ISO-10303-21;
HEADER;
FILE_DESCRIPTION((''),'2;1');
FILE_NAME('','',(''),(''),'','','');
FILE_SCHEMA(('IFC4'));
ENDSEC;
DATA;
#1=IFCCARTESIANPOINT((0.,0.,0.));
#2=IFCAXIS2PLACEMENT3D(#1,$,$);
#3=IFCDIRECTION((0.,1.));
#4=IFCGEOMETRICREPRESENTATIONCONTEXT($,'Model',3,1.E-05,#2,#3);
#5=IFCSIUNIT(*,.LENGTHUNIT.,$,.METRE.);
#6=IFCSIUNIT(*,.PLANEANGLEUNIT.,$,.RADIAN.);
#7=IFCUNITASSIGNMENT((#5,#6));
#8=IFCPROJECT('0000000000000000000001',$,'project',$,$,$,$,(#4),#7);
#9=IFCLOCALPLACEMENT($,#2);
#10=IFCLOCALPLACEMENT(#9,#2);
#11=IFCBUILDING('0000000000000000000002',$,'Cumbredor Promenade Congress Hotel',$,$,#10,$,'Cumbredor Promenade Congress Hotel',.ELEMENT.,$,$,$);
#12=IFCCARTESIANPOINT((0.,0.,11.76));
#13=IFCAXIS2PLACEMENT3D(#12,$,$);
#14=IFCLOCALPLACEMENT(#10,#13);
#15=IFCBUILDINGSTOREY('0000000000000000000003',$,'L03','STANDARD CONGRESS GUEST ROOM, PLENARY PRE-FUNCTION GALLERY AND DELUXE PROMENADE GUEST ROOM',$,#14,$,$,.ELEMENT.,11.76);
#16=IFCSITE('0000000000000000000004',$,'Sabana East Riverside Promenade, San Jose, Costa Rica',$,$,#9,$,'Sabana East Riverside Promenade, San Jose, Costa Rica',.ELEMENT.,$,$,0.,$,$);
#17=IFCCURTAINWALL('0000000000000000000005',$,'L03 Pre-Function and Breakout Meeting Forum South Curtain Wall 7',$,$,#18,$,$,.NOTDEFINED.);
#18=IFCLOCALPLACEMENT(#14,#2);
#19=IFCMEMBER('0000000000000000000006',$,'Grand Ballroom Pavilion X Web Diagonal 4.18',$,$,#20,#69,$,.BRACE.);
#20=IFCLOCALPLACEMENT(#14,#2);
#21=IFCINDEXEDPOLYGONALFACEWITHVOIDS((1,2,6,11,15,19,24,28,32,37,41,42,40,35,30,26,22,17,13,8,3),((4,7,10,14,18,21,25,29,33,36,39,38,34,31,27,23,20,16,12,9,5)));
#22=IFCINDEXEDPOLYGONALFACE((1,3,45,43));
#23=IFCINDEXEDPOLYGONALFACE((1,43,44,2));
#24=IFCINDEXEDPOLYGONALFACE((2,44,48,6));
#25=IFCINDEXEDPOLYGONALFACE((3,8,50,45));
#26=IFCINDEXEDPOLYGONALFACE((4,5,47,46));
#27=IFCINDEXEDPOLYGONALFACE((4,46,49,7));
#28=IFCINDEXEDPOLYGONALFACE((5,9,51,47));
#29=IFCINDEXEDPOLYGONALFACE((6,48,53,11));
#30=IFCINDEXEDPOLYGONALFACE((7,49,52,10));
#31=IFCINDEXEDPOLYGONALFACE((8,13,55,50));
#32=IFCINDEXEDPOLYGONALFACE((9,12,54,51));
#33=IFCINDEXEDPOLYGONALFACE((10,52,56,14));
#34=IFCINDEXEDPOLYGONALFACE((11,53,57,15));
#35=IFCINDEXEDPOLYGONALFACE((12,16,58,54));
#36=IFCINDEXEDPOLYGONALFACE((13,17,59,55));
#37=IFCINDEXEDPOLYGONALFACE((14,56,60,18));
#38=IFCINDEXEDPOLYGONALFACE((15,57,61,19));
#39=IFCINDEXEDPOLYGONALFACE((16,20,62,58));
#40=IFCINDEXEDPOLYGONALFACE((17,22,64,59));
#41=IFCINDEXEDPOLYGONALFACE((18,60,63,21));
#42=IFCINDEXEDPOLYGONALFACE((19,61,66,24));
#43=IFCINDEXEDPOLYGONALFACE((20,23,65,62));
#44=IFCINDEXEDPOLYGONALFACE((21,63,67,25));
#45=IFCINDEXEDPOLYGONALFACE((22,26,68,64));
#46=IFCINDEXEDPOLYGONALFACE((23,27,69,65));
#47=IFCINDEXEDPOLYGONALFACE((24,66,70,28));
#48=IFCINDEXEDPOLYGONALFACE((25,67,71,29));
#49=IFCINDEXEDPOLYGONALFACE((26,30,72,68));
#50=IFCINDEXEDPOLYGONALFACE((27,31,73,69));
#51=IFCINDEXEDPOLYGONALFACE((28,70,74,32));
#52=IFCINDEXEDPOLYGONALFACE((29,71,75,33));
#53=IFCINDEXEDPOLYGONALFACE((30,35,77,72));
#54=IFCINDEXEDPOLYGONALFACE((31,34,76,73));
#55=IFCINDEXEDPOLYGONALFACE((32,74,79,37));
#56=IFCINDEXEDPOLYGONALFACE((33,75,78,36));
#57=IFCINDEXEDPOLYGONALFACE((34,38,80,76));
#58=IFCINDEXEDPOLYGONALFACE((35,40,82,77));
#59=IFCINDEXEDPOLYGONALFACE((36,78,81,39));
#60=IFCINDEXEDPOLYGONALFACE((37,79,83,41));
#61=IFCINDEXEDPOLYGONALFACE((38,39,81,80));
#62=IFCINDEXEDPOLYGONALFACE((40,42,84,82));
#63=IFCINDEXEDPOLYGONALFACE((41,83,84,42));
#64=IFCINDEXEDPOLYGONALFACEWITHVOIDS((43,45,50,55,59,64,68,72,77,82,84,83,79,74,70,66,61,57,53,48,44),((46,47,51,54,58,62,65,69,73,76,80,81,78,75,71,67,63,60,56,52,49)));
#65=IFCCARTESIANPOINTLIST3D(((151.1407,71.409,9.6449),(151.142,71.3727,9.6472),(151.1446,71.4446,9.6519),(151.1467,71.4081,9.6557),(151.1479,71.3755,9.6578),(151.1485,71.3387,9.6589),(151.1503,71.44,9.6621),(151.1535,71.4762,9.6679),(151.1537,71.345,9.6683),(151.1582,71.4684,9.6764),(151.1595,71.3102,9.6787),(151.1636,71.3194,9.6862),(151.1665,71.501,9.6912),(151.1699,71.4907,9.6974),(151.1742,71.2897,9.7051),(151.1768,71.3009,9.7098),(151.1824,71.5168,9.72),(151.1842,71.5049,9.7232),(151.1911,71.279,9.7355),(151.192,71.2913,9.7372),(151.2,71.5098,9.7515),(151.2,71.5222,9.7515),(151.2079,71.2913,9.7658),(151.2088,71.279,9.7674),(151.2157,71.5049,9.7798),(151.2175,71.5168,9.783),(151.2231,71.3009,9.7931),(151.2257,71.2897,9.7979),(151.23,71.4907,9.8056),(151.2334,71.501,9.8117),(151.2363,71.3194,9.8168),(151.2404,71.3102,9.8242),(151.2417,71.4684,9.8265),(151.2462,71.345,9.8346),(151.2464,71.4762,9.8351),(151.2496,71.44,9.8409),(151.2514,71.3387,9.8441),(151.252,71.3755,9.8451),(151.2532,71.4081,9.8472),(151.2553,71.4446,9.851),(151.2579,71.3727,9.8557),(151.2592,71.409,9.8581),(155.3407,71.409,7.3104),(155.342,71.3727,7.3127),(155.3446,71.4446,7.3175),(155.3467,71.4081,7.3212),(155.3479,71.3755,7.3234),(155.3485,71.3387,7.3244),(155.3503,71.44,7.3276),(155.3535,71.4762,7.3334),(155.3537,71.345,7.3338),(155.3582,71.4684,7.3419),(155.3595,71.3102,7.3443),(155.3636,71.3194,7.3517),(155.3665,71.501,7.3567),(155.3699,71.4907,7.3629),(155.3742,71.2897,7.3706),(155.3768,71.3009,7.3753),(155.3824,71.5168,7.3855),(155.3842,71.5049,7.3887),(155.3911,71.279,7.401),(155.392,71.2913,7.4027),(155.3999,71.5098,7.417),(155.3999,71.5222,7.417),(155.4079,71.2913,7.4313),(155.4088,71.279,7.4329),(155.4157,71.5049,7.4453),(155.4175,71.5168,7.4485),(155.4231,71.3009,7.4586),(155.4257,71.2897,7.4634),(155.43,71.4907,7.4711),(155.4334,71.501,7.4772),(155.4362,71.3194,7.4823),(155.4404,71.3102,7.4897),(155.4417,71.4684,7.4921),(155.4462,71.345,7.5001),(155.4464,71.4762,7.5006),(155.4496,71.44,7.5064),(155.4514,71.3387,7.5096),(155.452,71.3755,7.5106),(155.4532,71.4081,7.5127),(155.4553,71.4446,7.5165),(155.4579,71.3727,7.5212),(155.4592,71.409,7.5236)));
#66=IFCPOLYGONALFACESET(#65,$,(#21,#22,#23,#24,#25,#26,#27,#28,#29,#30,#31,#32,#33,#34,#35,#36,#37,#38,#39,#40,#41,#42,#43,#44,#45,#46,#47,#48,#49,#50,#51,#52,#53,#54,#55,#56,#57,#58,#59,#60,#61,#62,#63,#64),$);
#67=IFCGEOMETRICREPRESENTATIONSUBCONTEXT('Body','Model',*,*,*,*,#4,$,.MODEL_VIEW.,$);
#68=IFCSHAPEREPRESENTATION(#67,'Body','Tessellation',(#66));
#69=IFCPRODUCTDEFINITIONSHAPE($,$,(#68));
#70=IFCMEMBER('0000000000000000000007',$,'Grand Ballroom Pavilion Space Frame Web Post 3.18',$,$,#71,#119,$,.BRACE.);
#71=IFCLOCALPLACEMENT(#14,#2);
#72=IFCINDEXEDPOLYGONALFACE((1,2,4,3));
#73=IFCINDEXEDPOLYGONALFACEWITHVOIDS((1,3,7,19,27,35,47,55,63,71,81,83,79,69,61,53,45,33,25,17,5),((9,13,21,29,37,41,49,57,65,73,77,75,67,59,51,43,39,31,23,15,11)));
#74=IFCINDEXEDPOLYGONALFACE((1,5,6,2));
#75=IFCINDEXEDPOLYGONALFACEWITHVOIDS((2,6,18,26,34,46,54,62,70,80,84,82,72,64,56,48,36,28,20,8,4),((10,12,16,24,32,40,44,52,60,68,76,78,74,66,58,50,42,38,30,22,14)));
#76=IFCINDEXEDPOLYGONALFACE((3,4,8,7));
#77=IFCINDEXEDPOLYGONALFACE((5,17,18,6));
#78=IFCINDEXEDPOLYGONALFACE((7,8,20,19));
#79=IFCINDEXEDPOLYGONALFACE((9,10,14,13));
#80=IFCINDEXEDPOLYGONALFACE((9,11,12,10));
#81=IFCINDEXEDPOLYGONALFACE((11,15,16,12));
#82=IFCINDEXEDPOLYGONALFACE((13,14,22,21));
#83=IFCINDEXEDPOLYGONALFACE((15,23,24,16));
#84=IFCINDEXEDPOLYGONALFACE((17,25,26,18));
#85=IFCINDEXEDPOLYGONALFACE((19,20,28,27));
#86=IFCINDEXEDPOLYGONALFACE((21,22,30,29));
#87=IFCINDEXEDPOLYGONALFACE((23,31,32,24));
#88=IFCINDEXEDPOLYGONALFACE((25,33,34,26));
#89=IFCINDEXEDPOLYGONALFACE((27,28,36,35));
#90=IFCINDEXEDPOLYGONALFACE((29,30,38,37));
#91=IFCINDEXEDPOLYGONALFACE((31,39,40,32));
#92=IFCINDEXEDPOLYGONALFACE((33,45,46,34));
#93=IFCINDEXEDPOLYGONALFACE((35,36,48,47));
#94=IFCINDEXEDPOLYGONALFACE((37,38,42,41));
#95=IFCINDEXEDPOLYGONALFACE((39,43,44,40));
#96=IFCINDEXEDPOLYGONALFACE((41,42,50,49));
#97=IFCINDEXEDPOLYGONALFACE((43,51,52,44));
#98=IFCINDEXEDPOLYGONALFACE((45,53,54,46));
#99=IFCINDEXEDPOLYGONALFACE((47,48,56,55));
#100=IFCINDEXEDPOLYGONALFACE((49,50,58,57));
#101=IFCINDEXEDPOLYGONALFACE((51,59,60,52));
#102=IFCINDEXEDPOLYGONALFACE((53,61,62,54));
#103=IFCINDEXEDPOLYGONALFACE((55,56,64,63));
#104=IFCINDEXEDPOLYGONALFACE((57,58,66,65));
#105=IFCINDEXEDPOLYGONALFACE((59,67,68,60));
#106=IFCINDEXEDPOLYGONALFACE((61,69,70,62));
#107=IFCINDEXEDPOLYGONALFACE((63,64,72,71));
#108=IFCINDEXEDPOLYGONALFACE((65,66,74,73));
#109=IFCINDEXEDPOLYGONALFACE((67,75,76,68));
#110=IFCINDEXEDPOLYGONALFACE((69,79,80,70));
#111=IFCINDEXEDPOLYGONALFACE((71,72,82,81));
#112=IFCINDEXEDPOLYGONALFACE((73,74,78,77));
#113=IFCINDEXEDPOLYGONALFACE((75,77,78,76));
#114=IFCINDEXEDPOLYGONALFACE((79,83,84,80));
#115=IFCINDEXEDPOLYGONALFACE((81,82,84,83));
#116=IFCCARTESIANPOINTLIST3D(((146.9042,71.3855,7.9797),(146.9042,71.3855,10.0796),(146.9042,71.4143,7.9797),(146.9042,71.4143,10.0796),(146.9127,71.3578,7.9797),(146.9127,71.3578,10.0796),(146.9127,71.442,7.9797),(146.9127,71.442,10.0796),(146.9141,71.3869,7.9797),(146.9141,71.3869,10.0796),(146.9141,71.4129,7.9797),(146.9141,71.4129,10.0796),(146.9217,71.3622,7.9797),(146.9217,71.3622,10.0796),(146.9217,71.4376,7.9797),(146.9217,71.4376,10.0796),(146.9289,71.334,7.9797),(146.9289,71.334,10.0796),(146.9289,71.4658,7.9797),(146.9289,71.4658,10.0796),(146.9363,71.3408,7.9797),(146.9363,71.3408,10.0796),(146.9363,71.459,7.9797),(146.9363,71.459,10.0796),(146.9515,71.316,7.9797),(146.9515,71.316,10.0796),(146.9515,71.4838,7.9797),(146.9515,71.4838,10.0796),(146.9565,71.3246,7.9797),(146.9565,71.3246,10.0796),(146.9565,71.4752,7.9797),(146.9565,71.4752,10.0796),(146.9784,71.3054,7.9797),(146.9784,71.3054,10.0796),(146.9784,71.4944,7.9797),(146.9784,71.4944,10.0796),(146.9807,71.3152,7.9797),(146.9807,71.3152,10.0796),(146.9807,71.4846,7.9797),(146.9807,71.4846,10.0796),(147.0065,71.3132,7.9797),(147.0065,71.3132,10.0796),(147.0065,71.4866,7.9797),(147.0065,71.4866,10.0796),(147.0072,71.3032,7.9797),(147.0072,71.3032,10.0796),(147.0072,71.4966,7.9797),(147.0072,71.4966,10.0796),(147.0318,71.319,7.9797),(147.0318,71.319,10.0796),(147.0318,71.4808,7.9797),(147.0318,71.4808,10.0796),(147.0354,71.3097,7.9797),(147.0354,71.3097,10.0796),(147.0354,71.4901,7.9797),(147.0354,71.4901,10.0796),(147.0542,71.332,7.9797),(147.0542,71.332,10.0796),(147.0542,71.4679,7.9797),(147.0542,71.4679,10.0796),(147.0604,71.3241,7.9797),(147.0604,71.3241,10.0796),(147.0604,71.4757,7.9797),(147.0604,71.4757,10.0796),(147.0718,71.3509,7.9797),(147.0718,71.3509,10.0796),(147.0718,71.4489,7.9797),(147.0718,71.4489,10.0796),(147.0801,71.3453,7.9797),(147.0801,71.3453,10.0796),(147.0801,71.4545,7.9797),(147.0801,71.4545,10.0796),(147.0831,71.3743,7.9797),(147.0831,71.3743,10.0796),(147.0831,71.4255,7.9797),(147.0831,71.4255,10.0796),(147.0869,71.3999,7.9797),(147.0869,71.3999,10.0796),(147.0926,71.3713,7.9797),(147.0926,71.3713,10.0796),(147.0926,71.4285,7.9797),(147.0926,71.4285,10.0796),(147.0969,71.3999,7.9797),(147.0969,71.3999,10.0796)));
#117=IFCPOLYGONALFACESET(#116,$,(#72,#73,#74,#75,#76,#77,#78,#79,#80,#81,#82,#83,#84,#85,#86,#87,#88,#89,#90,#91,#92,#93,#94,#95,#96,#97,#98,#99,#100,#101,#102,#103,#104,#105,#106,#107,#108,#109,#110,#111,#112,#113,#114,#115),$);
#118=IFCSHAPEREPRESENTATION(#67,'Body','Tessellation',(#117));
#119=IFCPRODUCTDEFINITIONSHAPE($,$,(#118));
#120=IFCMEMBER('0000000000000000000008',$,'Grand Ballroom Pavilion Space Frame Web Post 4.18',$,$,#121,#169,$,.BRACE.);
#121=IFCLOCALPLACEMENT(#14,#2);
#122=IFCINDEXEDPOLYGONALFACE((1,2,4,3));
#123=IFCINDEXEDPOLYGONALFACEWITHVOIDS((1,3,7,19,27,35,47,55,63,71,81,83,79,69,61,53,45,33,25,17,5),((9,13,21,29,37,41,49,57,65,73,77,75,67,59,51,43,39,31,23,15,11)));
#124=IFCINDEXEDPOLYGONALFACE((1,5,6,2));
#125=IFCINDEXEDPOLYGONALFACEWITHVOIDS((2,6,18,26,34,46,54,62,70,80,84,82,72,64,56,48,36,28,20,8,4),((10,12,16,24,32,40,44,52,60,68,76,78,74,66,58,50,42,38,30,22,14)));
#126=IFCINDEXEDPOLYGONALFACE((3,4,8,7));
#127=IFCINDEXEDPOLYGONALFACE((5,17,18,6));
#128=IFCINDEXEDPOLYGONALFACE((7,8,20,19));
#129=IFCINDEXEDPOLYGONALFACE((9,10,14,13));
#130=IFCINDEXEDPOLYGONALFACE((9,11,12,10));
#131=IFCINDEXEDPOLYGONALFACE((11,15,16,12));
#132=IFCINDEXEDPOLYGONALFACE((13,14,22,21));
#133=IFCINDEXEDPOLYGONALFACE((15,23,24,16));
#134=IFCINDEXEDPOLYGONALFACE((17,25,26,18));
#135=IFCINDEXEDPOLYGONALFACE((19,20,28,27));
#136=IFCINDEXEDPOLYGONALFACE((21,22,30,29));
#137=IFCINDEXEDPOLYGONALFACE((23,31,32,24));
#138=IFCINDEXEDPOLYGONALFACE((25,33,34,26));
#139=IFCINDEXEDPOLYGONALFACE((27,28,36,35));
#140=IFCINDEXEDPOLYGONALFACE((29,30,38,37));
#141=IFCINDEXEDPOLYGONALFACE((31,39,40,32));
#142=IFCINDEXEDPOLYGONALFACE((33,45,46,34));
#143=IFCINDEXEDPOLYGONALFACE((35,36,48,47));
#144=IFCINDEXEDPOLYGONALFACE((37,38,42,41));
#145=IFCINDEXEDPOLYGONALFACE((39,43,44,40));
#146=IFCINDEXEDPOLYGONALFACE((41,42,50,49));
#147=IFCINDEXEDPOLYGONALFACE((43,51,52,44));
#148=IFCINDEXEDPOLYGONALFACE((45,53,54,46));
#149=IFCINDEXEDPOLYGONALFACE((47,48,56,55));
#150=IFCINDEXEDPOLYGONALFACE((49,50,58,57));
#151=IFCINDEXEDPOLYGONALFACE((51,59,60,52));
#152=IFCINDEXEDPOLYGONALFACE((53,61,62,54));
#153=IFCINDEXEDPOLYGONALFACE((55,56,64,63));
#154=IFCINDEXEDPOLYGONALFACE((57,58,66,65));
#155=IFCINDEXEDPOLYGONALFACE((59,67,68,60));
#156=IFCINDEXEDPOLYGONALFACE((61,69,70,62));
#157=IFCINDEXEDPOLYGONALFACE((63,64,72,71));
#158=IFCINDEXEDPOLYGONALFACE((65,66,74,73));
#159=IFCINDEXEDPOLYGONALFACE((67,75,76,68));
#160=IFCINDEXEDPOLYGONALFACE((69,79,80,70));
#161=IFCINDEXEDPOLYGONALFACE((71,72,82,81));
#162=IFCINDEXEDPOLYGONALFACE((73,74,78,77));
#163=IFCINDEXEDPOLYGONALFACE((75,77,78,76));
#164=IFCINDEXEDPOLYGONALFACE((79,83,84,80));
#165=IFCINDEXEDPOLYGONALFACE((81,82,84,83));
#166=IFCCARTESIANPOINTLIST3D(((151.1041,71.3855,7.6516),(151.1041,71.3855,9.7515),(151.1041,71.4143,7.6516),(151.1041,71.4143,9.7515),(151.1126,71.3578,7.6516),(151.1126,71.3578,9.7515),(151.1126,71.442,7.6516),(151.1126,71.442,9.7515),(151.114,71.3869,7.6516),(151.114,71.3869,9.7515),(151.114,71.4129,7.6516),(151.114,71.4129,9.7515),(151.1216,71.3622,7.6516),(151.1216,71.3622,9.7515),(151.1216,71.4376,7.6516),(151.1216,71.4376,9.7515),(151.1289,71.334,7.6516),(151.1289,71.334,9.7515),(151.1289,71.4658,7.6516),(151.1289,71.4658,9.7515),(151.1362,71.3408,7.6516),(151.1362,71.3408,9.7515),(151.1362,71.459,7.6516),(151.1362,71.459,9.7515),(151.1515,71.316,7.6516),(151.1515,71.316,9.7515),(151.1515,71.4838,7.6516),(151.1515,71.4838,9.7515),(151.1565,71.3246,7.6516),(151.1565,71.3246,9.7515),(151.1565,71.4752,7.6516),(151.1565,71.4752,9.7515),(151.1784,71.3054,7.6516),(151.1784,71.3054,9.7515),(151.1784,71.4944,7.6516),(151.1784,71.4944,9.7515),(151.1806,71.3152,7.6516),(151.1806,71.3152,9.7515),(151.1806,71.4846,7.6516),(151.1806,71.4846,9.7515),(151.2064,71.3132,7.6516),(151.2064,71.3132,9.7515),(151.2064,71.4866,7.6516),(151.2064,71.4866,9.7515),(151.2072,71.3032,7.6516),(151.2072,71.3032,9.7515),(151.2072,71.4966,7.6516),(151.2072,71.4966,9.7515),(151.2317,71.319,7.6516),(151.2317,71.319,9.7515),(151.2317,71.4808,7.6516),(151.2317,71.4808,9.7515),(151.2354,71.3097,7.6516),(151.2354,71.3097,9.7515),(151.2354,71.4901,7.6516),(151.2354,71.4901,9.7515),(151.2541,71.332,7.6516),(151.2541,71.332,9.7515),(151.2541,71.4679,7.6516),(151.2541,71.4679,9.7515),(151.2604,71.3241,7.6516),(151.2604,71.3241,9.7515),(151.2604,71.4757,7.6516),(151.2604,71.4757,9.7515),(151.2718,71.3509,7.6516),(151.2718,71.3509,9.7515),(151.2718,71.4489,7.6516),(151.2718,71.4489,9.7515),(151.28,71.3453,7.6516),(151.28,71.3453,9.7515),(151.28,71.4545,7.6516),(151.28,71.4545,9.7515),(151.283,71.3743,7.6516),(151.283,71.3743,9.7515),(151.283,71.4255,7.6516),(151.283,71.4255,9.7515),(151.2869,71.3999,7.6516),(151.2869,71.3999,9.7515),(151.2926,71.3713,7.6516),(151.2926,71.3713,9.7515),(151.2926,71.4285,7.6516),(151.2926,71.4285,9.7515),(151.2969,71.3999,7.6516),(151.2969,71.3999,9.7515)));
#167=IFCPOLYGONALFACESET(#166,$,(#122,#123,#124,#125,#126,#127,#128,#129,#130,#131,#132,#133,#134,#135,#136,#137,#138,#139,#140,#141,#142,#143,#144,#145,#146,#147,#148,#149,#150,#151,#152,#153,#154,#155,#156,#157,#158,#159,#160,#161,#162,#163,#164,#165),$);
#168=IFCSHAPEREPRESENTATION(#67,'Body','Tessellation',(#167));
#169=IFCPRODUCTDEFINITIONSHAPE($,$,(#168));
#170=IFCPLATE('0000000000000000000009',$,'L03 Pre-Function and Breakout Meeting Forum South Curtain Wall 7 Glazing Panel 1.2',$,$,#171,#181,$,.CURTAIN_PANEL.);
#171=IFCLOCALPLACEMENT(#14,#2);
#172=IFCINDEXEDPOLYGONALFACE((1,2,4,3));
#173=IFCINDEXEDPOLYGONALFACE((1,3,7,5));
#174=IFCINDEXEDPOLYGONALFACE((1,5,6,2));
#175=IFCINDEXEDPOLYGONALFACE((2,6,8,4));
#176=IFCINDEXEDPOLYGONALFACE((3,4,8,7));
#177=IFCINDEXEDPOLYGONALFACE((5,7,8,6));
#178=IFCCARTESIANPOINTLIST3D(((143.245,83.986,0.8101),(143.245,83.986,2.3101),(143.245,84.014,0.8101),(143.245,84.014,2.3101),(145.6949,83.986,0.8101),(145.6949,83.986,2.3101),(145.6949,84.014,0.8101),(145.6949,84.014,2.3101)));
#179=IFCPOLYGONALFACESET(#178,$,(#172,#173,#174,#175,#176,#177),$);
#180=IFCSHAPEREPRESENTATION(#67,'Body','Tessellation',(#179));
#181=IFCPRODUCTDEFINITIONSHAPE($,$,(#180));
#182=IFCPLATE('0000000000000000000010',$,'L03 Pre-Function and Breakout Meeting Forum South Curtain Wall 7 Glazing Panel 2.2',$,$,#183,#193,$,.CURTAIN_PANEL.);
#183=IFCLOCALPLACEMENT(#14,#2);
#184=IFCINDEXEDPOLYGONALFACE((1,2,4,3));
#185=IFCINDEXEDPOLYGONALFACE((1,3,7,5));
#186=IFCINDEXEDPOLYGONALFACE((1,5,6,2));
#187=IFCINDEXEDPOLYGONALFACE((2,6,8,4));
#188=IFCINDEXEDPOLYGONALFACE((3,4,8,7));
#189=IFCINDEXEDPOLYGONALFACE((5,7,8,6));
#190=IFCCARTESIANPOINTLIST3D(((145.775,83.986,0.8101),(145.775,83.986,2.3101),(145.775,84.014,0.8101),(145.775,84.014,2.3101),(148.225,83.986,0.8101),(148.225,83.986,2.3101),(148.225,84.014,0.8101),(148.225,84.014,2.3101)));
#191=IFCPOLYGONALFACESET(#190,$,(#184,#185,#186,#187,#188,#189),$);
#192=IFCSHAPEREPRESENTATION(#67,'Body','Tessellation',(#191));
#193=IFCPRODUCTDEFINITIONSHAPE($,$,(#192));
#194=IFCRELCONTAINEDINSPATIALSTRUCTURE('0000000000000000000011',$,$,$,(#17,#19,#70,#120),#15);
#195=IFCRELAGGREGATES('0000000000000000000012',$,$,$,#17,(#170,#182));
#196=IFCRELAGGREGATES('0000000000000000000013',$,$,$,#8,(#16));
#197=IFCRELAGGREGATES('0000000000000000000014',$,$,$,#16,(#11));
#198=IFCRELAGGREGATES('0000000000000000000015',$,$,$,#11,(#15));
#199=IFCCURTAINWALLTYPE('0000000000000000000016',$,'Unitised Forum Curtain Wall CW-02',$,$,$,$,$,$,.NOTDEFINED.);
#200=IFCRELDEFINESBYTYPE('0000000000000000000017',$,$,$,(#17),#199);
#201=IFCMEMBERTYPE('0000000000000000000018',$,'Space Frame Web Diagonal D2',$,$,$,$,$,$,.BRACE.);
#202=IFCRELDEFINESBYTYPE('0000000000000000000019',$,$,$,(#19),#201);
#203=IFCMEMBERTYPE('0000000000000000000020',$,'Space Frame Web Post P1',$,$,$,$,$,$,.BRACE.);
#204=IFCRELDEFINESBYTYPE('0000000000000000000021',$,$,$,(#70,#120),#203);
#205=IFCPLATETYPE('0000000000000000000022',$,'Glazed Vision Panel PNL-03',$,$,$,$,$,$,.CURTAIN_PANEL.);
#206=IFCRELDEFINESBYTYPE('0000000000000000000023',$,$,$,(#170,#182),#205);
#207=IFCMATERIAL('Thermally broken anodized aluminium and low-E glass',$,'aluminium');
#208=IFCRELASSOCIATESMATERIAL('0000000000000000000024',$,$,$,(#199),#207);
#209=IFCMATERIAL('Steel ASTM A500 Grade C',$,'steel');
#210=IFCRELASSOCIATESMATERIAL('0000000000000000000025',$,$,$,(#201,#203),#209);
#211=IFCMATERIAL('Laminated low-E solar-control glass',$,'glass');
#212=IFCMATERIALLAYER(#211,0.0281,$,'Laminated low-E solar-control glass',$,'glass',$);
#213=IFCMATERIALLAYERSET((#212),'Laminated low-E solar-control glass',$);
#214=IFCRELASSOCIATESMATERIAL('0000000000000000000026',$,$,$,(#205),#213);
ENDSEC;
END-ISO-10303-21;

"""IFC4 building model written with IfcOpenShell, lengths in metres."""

from ifc_helpers import new_model, si_unit, direction, frame, origin, origin_2d, place, context, subcontext, project, spatial, rectangle, hollow_circle, extrude, material, layer, layer_set, material_profile, profile_set, type_object, element, aggregate, save


model = new_model("IFC4")

# Units and contexts
model_context = context("Model", 3, precision=1e-05, world=origin(), true_north=direction((0.0, 1.0)))
body_context = subcontext(model_context, "Body", "Model", "MODEL_VIEW")
ifc_project = project(units=[si_unit("LENGTHUNIT", "METRE"), si_unit("PLANEANGLEUNIT", "RADIAN")], contexts=[model_context])

# Site, building, storey
site_placement = place(None, origin())
site = spatial("IfcSite", under=ifc_project, at=site_placement, Name="Sabana East Riverside Promenade, San Jose, Costa Rica", LongName="Sabana East Riverside Promenade, San Jose, Costa Rica", CompositionType="ELEMENT", RefElevation=0.0)
building_placement = place(site_placement, origin())
building = spatial("IfcBuilding", under=site, at=building_placement, Name="Cumbredor Promenade Congress Hotel", LongName="Cumbredor Promenade Congress Hotel", CompositionType="ELEMENT")
storey_placement = place(building_placement, frame((0.0, 0.0, 11.76)))
storey = spatial("IfcBuildingStorey", under=building, at=storey_placement, Name="L03", Description="STANDARD CONGRESS GUEST ROOM, PLENARY PRE-FUNCTION GALLERY AND DELUXE PROMENADE GUEST ROOM", CompositionType="ELEMENT", Elevation=11.76)

# Shared definitions
ifc_material_1 = material(Name="Steel ASTM A500 Grade C", Category="steel")

# Shared definitions
ifc_material_2 = material(Name="Thermally broken anodized aluminium and low-E glass", Category="aluminium")
curtain_wall_type = type_object("IfcCurtainWallType", Name="Unitised Forum Curtain Wall CW-02", PredefinedType="NOTDEFINED", material=ifc_material_2)

# Curtain wall
curtain_wall_1_placement = place(storey_placement, origin())
curtain_wall_1 = element("IfcCurtainWall", 1, at=curtain_wall_1_placement, inside=storey, type_object=curtain_wall_type, Name="L03 Pre-Function and Breakout Meeting Forum South Curtain Wall 7", PredefinedType="NOTDEFINED")

# Members
ifc_material_profile_1 = material_profile(ifc_material_1, hollow_circle(Radius=0.1223, WallThickness=0.0125, at=origin_2d()), Name="CHS 244.5x12.5")
ifc_profile_set_1 = profile_set([ifc_material_profile_1], Name="Steel ASTM A500 Grade C")
member_type_1 = type_object("IfcMemberType", Name="Space Frame Web Diagonal D2", PredefinedType="BRACE", material=ifc_profile_set_1)
member_1_placement = place(storey_placement, frame((151.2, 71.3999, 9.7515), z_axis=(0.874054, 0.0, -0.485828), x_axis=(0.0, 1.0, 0.0)))
element("IfcMember", 2, at=member_1_placement, inside=storey, type_object=member_type_1, Name="Grand Ballroom Pavilion X Web Diagonal 4.18", PredefinedType="BRACE", context=body_context, shape_type="SweptSolid", body=[
    extrude(hollow_circle(Radius=0.1223, WallThickness=0.0125, at=origin_2d()), origin(), (0.0, 0.0, 1.0), 4.8052),
])
ifc_material_profile_2 = material_profile(ifc_material_1, hollow_circle(Radius=0.0969, WallThickness=0.01, at=origin_2d()), Name="CHS 193.7x10")
ifc_profile_set_2 = profile_set([ifc_material_profile_2], Name="Steel ASTM A500 Grade C")
member_type_2 = type_object("IfcMemberType", Name="Space Frame Web Post P1", PredefinedType="BRACE", material=ifc_profile_set_2)
for number, where, z_axis, x_axis, name in (
    (3, (147.0, 71.3999, 7.9797), (0.0, 0.0, 1.0), (1.0, 0.0, 0.0), "Grand Ballroom Pavilion Space Frame Web Post 3.18"),
    (4, (151.2, 71.3999, 7.6516), (0.0, 0.0, 1.0), (1.0, 0.0, 0.0), "Grand Ballroom Pavilion Space Frame Web Post 4.18"),
):
    element("IfcMember", number, at=place(storey_placement, frame(where, z_axis=z_axis, x_axis=x_axis)), inside=storey, type_object=member_type_2, Name=name, PredefinedType="BRACE", context=body_context, shape_type="SweptSolid", body=[
        extrude(hollow_circle(Radius=0.0969, WallThickness=0.01, at=origin_2d()), origin(), (0.0, 0.0, 1.0), 2.0999),
    ])

# Plates
ifc_material_3 = material(Name="Laminated low-E solar-control glass", Category="glass")
ifc_layer_1 = layer(ifc_material_3, 0.0281, Name="Laminated low-E solar-control glass", Category="glass")
ifc_layer_set_1 = layer_set([ifc_layer_1], Name="Laminated low-E solar-control glass")
plate_type_1 = type_object("IfcPlateType", Name="Glazed Vision Panel PNL-03", PredefinedType="CURTAIN_PANEL", material=ifc_layer_set_1)
plate_1_placement = place(storey_placement, frame((144.47, 84.0, 0.8101), z_axis=(0.0, 0.0, 1.0), x_axis=(1.0, 0.0, 0.0)))
plate_1 = element("IfcPlate", 5, at=plate_1_placement, type_object=plate_type_1, Name="L03 Pre-Function and Breakout Meeting Forum South Curtain Wall 7 Glazing Panel 1.2", PredefinedType="CURTAIN_PANEL", context=body_context, shape_type="SweptSolid", body=[
    extrude(rectangle(XDim=2.45, YDim=0.0281, at=origin_2d()), origin(), (0.0, 0.0, 1.0), 1.5),
])
plate_2_placement = place(storey_placement, frame((147.0, 84.0, 0.8101), z_axis=(0.0, 0.0, 1.0), x_axis=(1.0, 0.0, 0.0)))
plate_2 = element("IfcPlate", 6, at=plate_2_placement, type_object=plate_type_1, Name="L03 Pre-Function and Breakout Meeting Forum South Curtain Wall 7 Glazing Panel 2.2", PredefinedType="CURTAIN_PANEL", context=body_context, shape_type="SweptSolid", body=[
    extrude(rectangle(XDim=2.45, YDim=0.0281, at=origin_2d()), origin(), (0.0, 0.0, 1.0), 1.5),
])
aggregate(curtain_wall_1, [plate_1, plate_2])

save(model, "model.ifc")
